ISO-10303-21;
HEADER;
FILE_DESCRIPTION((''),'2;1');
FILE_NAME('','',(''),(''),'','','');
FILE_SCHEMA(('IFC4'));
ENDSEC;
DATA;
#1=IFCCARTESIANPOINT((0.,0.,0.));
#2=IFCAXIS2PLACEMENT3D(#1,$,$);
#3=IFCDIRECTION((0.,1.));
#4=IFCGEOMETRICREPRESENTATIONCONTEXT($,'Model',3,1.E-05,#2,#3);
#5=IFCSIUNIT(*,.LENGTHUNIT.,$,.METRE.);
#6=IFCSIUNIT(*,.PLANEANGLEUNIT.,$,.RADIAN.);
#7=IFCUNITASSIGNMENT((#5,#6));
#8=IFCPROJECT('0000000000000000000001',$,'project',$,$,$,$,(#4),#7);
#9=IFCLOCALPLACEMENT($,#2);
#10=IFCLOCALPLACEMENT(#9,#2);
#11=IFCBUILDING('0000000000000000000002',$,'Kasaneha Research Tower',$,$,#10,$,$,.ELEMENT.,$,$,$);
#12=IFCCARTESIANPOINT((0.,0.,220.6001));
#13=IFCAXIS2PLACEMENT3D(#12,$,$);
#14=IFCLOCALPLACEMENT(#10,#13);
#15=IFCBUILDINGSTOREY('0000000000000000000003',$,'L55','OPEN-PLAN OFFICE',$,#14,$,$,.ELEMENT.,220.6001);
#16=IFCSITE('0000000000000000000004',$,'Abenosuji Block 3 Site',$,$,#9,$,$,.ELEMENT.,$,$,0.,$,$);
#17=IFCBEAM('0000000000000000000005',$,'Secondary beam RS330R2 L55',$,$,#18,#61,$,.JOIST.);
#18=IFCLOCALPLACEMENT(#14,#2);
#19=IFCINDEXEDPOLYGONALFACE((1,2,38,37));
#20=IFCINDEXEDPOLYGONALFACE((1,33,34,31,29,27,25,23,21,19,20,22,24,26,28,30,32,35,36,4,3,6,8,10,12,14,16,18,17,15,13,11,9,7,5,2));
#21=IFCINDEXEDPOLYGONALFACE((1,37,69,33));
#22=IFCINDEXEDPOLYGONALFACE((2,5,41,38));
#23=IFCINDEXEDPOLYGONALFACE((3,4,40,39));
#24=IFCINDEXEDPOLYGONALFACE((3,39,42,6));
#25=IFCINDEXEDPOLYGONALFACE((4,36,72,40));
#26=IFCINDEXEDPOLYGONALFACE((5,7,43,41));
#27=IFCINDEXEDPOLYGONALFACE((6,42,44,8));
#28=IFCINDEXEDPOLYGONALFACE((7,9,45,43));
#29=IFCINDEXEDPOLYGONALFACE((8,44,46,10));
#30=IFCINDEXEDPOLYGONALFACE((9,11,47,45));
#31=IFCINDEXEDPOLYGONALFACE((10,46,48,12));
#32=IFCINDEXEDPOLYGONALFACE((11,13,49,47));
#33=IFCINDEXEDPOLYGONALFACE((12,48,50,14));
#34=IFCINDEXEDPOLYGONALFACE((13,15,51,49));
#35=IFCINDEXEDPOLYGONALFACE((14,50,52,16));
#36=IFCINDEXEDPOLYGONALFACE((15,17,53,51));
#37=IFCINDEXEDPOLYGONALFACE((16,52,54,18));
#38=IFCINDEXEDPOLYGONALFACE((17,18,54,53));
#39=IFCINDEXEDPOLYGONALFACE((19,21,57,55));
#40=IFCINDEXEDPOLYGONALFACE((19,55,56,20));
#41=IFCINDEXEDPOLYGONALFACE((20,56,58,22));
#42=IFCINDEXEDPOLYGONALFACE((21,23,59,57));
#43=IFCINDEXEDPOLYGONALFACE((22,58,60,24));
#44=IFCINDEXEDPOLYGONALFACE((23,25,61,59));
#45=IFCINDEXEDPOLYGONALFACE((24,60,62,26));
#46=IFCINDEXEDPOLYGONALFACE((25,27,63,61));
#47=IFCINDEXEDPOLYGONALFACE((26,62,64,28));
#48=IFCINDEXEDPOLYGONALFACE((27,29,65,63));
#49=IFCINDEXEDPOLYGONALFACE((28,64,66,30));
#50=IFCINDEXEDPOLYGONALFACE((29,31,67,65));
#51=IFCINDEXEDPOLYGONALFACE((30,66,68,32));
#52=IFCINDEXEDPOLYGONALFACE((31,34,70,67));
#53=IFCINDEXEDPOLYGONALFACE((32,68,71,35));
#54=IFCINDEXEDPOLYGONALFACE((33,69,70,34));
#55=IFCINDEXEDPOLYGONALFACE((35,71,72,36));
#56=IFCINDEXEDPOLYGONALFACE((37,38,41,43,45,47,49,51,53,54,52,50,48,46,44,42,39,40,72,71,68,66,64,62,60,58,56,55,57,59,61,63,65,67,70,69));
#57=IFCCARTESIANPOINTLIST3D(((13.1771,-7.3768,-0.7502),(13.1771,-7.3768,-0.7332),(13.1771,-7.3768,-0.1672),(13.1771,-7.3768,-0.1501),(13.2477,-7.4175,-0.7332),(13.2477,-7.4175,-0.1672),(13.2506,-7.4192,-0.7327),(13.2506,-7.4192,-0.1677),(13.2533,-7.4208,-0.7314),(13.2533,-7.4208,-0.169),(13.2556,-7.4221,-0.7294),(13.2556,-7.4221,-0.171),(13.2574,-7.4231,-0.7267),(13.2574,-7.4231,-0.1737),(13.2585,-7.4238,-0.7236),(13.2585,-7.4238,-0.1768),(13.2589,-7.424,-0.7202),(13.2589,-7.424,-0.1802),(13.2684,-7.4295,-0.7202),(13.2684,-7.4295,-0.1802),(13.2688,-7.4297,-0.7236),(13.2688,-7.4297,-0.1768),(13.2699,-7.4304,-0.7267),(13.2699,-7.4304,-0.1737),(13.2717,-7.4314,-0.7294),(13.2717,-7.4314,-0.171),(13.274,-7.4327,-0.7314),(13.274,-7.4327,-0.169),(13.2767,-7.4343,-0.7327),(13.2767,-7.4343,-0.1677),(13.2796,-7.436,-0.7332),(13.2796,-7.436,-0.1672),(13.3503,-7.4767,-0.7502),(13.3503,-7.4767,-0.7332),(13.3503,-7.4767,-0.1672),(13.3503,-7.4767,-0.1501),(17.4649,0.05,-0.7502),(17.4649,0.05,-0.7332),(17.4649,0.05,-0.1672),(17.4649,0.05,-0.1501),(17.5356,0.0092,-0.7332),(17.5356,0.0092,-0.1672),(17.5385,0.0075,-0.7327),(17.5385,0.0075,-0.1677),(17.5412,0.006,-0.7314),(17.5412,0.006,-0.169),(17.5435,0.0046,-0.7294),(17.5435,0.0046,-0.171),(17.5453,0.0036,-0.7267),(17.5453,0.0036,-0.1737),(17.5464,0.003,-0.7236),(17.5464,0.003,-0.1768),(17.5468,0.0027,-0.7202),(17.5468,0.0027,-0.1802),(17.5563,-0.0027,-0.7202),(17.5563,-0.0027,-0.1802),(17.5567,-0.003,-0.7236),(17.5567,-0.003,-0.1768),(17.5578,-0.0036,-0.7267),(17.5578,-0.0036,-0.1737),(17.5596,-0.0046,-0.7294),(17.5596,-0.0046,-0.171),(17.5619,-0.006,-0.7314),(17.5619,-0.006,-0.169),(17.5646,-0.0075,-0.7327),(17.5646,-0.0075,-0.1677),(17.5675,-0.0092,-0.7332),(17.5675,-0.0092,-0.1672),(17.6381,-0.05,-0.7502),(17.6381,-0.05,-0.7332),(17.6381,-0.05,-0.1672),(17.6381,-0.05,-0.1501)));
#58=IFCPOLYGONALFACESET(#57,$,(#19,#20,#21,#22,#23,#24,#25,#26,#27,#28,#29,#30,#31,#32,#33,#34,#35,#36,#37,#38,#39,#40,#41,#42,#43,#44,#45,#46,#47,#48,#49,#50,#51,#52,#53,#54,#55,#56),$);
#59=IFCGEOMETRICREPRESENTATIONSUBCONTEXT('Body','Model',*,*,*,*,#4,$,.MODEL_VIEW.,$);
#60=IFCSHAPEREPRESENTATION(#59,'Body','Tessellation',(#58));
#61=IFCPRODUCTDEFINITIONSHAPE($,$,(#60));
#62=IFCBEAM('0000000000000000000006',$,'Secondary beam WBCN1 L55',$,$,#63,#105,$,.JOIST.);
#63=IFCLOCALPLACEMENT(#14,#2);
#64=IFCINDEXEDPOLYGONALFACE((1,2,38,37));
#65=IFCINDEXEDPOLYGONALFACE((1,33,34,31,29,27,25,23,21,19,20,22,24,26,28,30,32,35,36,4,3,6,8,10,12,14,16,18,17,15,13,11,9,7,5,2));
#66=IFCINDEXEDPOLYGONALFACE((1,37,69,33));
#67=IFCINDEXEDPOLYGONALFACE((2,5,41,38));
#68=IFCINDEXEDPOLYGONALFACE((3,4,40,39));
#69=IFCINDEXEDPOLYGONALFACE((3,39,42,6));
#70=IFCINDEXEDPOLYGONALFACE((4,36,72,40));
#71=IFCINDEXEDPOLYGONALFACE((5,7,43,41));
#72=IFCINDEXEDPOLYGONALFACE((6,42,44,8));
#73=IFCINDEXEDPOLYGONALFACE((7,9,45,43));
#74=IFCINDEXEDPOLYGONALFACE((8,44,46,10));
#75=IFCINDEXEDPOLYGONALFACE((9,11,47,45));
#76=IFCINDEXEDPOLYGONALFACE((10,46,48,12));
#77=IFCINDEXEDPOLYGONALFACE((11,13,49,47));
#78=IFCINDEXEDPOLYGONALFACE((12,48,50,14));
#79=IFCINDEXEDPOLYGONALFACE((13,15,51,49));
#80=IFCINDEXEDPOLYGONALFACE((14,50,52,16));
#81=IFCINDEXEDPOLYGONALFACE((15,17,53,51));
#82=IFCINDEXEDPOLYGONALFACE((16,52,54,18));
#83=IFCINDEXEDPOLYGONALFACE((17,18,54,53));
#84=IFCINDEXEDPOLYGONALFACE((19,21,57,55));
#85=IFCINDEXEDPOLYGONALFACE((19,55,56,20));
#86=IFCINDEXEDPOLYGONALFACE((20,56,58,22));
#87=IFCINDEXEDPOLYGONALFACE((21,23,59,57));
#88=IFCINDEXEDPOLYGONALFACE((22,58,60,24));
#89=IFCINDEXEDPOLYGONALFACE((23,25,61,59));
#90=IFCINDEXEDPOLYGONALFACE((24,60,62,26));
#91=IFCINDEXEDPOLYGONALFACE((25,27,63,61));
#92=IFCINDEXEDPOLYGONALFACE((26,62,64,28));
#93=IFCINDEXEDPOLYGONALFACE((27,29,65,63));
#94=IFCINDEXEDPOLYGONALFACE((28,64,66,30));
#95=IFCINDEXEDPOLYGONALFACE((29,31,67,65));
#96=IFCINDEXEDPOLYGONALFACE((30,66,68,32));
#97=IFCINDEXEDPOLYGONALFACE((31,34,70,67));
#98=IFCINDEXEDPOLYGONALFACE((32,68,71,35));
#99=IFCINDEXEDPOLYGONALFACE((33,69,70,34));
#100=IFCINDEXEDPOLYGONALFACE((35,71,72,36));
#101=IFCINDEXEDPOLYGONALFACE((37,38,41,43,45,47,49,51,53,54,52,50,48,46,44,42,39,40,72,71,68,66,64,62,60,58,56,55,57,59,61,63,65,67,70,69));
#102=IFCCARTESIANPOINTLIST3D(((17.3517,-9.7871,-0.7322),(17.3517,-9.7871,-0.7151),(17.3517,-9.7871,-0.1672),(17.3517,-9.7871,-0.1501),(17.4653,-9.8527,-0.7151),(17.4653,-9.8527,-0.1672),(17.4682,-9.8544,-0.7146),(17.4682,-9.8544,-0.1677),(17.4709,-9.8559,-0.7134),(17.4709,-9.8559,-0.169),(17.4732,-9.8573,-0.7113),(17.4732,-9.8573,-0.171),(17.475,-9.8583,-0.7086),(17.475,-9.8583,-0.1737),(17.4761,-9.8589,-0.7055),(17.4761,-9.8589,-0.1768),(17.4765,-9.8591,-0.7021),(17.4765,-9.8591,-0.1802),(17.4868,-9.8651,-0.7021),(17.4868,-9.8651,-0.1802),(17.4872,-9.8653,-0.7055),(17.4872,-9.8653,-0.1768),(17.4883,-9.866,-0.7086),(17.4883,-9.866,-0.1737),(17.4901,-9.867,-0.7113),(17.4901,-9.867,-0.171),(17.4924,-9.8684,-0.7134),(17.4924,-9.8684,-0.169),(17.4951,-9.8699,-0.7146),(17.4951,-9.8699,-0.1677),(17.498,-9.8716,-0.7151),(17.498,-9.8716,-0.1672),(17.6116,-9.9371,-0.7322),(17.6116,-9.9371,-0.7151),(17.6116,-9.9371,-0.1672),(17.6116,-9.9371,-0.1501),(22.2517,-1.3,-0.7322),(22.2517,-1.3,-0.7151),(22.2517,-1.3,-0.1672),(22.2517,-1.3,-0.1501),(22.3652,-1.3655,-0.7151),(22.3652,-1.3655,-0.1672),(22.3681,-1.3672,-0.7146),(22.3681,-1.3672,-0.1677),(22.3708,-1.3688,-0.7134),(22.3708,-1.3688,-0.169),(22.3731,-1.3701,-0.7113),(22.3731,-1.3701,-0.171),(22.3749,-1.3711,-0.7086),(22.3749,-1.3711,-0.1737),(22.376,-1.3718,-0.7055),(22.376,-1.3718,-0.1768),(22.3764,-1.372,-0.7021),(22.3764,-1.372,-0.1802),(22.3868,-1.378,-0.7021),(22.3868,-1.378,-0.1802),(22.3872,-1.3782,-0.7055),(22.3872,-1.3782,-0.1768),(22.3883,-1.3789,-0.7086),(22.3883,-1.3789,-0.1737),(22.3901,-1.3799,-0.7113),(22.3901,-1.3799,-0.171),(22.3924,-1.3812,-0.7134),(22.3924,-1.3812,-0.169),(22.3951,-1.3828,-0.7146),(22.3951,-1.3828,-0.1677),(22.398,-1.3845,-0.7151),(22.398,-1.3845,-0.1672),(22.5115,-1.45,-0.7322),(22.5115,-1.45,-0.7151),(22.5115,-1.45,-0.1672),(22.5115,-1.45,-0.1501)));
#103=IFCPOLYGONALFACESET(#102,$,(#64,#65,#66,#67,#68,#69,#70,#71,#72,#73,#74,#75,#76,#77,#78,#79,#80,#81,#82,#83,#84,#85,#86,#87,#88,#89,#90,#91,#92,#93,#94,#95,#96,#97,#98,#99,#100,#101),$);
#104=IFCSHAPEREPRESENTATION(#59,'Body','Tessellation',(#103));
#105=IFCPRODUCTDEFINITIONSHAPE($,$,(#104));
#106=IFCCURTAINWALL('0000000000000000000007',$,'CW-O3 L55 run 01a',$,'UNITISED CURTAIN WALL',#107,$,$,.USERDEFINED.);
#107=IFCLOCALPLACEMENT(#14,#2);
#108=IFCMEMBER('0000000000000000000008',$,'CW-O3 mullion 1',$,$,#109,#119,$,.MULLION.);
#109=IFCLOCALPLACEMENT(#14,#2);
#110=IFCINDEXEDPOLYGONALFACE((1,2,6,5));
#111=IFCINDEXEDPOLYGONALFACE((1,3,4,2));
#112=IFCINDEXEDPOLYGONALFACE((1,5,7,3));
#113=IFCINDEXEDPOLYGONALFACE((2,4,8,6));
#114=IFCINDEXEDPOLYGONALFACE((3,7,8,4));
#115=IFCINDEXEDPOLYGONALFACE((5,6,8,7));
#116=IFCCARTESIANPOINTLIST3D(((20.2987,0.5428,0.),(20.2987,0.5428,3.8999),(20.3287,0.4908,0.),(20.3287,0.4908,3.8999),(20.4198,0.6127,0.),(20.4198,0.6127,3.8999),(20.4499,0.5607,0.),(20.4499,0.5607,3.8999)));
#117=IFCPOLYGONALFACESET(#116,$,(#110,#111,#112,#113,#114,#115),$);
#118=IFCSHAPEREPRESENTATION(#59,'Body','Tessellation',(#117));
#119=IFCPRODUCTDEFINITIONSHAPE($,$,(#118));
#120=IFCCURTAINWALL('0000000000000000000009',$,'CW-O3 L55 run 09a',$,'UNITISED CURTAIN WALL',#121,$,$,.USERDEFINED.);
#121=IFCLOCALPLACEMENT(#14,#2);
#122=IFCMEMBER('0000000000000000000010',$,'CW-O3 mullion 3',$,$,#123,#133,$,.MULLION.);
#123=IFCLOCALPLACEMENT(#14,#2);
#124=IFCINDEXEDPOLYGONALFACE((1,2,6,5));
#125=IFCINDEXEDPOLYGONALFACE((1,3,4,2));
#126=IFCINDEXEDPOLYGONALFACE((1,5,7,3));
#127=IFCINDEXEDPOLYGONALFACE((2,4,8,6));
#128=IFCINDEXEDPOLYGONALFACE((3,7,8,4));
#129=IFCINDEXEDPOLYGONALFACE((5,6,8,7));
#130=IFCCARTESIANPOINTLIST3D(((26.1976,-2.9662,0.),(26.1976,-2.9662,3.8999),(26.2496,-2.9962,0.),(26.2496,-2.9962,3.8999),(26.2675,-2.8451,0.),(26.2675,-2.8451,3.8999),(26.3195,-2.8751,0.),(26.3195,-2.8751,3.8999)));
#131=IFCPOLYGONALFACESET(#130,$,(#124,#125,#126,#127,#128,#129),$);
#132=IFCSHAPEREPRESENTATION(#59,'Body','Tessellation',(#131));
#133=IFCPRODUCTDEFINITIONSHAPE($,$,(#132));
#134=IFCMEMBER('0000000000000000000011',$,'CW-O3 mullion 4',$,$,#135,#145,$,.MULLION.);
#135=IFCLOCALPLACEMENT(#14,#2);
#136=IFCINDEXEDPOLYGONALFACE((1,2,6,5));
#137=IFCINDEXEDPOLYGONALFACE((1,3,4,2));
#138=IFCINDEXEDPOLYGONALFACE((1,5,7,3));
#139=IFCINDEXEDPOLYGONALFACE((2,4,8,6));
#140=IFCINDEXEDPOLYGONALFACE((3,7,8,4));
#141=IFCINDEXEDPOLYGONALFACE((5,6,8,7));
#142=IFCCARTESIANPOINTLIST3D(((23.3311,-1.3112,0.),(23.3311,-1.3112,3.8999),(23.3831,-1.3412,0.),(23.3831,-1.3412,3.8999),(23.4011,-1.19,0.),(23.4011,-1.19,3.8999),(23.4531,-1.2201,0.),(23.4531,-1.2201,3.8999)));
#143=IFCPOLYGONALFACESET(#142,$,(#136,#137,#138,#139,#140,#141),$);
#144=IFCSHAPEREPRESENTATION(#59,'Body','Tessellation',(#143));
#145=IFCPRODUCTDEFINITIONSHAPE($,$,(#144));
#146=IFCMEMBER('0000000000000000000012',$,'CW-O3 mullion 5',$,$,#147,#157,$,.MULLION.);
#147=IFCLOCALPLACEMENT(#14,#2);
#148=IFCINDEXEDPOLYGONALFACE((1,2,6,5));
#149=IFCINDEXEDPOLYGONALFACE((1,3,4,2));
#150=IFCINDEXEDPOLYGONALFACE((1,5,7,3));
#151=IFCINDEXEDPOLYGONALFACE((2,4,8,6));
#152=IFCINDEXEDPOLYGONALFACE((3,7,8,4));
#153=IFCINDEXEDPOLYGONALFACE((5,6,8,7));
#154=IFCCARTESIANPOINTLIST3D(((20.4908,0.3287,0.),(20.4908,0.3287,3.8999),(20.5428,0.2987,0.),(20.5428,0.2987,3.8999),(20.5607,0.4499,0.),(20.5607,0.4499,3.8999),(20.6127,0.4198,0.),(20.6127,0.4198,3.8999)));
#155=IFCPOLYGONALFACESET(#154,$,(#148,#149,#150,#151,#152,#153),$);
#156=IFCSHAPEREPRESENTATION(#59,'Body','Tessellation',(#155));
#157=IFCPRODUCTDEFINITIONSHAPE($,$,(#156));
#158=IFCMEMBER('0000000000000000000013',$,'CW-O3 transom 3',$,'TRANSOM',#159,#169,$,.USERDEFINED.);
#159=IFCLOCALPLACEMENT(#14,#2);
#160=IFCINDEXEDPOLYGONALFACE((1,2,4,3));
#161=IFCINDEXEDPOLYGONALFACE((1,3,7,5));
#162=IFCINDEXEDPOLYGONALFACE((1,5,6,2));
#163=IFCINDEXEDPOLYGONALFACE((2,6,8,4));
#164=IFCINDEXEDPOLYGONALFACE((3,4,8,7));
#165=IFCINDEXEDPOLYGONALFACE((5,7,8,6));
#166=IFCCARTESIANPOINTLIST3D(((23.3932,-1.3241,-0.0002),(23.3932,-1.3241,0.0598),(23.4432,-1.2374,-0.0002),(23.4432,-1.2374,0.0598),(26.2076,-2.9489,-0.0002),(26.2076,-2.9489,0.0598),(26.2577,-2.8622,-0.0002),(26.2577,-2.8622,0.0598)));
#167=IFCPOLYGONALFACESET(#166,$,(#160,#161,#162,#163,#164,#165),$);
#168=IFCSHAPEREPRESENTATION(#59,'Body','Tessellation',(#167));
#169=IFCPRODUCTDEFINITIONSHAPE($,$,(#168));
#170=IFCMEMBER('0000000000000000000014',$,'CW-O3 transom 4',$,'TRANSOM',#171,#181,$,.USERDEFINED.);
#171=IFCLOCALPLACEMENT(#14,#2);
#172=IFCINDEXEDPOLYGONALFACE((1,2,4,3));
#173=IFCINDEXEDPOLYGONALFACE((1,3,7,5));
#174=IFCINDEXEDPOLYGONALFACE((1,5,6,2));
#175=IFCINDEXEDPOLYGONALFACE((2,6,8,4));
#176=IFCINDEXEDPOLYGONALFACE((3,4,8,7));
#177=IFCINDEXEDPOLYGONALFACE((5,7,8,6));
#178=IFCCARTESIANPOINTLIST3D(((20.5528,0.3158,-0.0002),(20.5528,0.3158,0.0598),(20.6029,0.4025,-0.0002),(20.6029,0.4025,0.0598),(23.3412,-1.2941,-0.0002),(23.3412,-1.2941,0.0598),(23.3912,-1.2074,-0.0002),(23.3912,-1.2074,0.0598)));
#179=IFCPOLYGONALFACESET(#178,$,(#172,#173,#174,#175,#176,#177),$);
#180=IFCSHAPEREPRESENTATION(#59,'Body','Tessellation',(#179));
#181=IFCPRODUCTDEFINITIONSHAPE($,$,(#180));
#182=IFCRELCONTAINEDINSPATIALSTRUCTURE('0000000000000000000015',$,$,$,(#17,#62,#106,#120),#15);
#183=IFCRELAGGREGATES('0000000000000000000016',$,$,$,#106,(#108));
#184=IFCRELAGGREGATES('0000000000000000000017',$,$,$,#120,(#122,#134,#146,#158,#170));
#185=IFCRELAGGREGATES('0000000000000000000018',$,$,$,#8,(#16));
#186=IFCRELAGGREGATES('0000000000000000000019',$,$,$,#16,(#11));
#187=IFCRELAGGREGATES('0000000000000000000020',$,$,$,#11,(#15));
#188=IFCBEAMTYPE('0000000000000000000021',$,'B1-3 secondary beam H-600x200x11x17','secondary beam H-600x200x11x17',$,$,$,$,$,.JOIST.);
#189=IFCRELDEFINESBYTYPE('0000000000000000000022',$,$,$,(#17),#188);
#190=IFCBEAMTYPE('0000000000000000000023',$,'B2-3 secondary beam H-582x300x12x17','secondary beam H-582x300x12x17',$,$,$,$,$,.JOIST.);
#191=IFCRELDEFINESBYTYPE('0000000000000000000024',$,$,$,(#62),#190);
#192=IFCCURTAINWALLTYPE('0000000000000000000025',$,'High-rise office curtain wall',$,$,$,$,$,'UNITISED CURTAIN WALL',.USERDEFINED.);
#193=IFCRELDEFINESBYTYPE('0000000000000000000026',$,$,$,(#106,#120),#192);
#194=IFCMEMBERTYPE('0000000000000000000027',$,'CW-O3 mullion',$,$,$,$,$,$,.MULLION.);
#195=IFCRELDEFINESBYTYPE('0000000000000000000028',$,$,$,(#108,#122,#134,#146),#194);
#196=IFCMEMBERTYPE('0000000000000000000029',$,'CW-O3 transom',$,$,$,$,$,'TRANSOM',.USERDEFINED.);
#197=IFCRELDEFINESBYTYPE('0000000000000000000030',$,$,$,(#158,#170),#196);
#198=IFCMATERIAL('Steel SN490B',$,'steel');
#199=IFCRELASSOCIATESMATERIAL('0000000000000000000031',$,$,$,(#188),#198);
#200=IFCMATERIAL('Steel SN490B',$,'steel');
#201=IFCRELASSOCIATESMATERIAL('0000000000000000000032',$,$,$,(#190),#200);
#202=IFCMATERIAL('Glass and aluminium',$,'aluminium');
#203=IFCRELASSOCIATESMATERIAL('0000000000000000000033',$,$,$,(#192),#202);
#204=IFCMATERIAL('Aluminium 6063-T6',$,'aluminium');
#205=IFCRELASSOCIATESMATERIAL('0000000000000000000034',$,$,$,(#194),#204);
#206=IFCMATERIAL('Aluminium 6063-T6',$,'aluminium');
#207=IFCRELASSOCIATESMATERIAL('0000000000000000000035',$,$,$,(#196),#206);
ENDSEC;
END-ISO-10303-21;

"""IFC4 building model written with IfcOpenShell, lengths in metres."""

from ifc_helpers import new_model, si_unit, direction, frame, origin, origin_2d, place, context, subcontext, project, spatial, rectangle, i_section, extrude, material, material_profile, profile_set, type_object, element, aggregate, save


model = new_model("IFC4")

# Units and contexts
model_context = context("Model", 3, precision=1e-05, world=origin(), true_north=direction((0.0, 1.0)))
body_context = subcontext(model_context, "Body", "Model", "MODEL_VIEW")
ifc_project = project(units=[si_unit("LENGTHUNIT", "METRE"), si_unit("PLANEANGLEUNIT", "RADIAN")], contexts=[model_context])

# Site, building, storey
site_placement = place(None, origin())
site = spatial("IfcSite", under=ifc_project, at=site_placement, Name="Abenosuji Block 3 Site", CompositionType="ELEMENT", RefElevation=0.0)
building_placement = place(site_placement, origin())
building = spatial("IfcBuilding", under=site, at=building_placement, Name="Kasaneha Research Tower", CompositionType="ELEMENT")
storey_placement = place(building_placement, frame((0.0, 0.0, 220.6001)))
storey = spatial("IfcBuildingStorey", under=building, at=storey_placement, Name="L55", Description="OPEN-PLAN OFFICE", CompositionType="ELEMENT", Elevation=220.6001)

# Beams
ifc_material_1 = material(Name="Steel SN490B", Category="steel")
ifc_material_profile_1 = material_profile(ifc_material_1, i_section(OverallWidth=0.2, OverallDepth=0.6001, WebThickness=0.011, FlangeThickness=0.0171, FilletRadius=0.0129, at=origin_2d()), Name="H-600x200x11x17")
ifc_profile_set_1 = profile_set([ifc_material_profile_1], Name="Steel SN490B")
beam_type_1 = type_object("IfcBeamType", Name="B1-3 secondary beam H-600x200x11x17", Description="secondary beam H-600x200x11x17", PredefinedType="JOIST", material=ifc_profile_set_1)
beam_1_placement = place(storey_placement, frame((17.5515, 0.0, -0.4502), z_axis=(-0.5, -0.866025, 0.0), x_axis=(0.866025, -0.5, 0.0)))
element("IfcBeam", 1, at=beam_1_placement, inside=storey, type_object=beam_type_1, Name="Secondary beam RS330R2 L55", PredefinedType="JOIST", context=body_context, shape_type="SweptSolid", body=[
    extrude(i_section(OverallWidth=0.2, OverallDepth=0.6001, WebThickness=0.011, FlangeThickness=0.0171, FilletRadius=0.0129, at=origin_2d()), origin(), (0.0, 0.0, 1.0), 8.5757),
])
ifc_material_2 = material(Name="Steel SN490B", Category="steel")
ifc_material_profile_2 = material_profile(ifc_material_2, i_section(OverallWidth=0.3, OverallDepth=0.582, WebThickness=0.012, FlangeThickness=0.0171, FilletRadius=0.0129, at=origin_2d()), Name="H-582x300x12x17")
ifc_profile_set_2 = profile_set([ifc_material_profile_2], Name="Steel SN490B")
beam_type_2 = type_object("IfcBeamType", Name="B2-3 secondary beam H-582x300x12x17", Description="secondary beam H-582x300x12x17", PredefinedType="JOIST", material=ifc_profile_set_2)
beam_2_placement = place(storey_placement, frame((22.3816, -1.375, -0.4412), z_axis=(-0.499992, -0.86603, 0.0), x_axis=(0.86603, -0.499992, 0.0)))
element("IfcBeam", 2, at=beam_2_placement, inside=storey, type_object=beam_type_2, Name="Secondary beam WBCN1 L55", PredefinedType="JOIST", context=body_context, shape_type="SweptSolid", body=[
    extrude(i_section(OverallWidth=0.3, OverallDepth=0.582, WebThickness=0.012, FlangeThickness=0.0171, FilletRadius=0.0129, at=origin_2d()), origin(), (0.0, 0.0, 1.0), 9.8),
])

# Curtain wall, member
ifc_material_3 = material(Name="Glass and aluminium", Category="aluminium")
curtain_wall_type = type_object("IfcCurtainWallType", Name="High-rise office curtain wall", ElementType="UNITISED CURTAIN WALL", PredefinedType="USERDEFINED", material=ifc_material_3)
curtain_wall_1_placement = place(storey_placement, origin())
curtain_wall_1 = element("IfcCurtainWall", 3, at=curtain_wall_1_placement, inside=storey, type_object=curtain_wall_type, Name="CW-O3 L55 run 01a", ObjectType="UNITISED CURTAIN WALL", PredefinedType="USERDEFINED")
ifc_material_4 = material(Name="Aluminium 6063-T6", Category="aluminium")
ifc_material_profile_3 = material_profile(ifc_material_4, rectangle(XDim=0.0601, YDim=0.1399, at=origin_2d()), Name="CW-O3 mullion 60x140")
ifc_profile_set_3 = profile_set([ifc_material_profile_3], Name="Aluminium 6063-T6")
member_type_1 = type_object("IfcMemberType", Name="CW-O3 mullion", PredefinedType="MULLION", material=ifc_profile_set_3)
member_1_placement = place(storey_placement, frame((20.3743, 0.5518, 0.0), z_axis=(0.0, 0.0, 1.0), x_axis=(-0.5, 0.866025, 0.0)))
member_1 = element("IfcMember", 4, at=member_1_placement, type_object=member_type_1, Name="CW-O3 mullion 1", PredefinedType="MULLION", context=body_context, shape_type="SweptSolid", body=[
    extrude(rectangle(XDim=0.0601, YDim=0.1399, at=origin_2d()), origin(), (0.0, 0.0, 1.0), 3.8999),
])
aggregate(curtain_wall_1, [member_1])

# Curtain wall, members
curtain_wall_2_placement = place(storey_placement, origin())
curtain_wall_2 = element("IfcCurtainWall", 5, at=curtain_wall_2_placement, inside=storey, type_object=curtain_wall_type, Name="CW-O3 L55 run 09a", ObjectType="UNITISED CURTAIN WALL", PredefinedType="USERDEFINED")
member_2_placement = place(storey_placement, frame((26.2585, -2.9207, 0.0), z_axis=(0.0, 0.0, 1.0), x_axis=(-0.866025, 0.5, 0.0)))
member_2 = element("IfcMember", 6, at=member_2_placement, type_object=member_type_1, Name="CW-O3 mullion 3", PredefinedType="MULLION", context=body_context, shape_type="SweptSolid", body=[
    extrude(rectangle(XDim=0.0601, YDim=0.1399, at=origin_2d()), origin(), (0.0, 0.0, 1.0), 3.8999),
])
member_3_placement = place(storey_placement, frame((23.3921, -1.2656, 0.0), z_axis=(0.0, 0.0, 1.0), x_axis=(-0.866025, 0.5, 0.0)))
member_3 = element("IfcMember", 7, at=member_3_placement, type_object=member_type_1, Name="CW-O3 mullion 4", PredefinedType="MULLION", context=body_context, shape_type="SweptSolid", body=[
    extrude(rectangle(XDim=0.0601, YDim=0.1399, at=origin_2d()), origin(), (0.0, 0.0, 1.0), 3.8999),
])
member_4_placement = place(storey_placement, frame((20.5518, 0.3743, 0.0), z_axis=(0.0, 0.0, 1.0), x_axis=(-0.866025, 0.5, 0.0)))
member_4 = element("IfcMember", 8, at=member_4_placement, type_object=member_type_1, Name="CW-O3 mullion 5", PredefinedType="MULLION", context=body_context, shape_type="SweptSolid", body=[
    extrude(rectangle(XDim=0.0601, YDim=0.1399, at=origin_2d()), origin(), (0.0, 0.0, 1.0), 3.8999),
])
ifc_material_5 = material(Name="Aluminium 6063-T6", Category="aluminium")
ifc_material_profile_4 = material_profile(ifc_material_5, rectangle(XDim=0.1001, YDim=0.0601, at=origin_2d()), Name="CW-O3 transom 100x60")
ifc_profile_set_4 = profile_set([ifc_material_profile_4], Name="Aluminium 6063-T6")
member_type_2 = type_object("IfcMemberType", Name="CW-O3 transom", ElementType="TRANSOM", PredefinedType="USERDEFINED", material=ifc_profile_set_4)
member_5_placement = place(storey_placement, frame((26.2327, -2.9055, 0.0298), z_axis=(-0.866048, 0.499961, 0.0), x_axis=(-0.499961, -0.866048, 0.0)))
member_5 = element("IfcMember", 9, at=member_5_placement, type_object=member_type_2, Name="CW-O3 transom 3", ObjectType="TRANSOM", PredefinedType="USERDEFINED", context=body_context, shape_type="SweptSolid", body=[
    extrude(rectangle(XDim=0.1001, YDim=0.0601, at=origin_2d()), origin(), (0.0, 0.0, 1.0), 3.2498),
])
member_6_placement = place(storey_placement, frame((23.3662, -1.2507, 0.0298), z_axis=(-0.866023, 0.500005, 0.0), x_axis=(-0.500005, -0.866023, 0.0)))
member_6 = element("IfcMember", 10, at=member_6_placement, type_object=member_type_2, Name="CW-O3 transom 4", ObjectType="TRANSOM", PredefinedType="USERDEFINED", context=body_context, shape_type="SweptSolid", body=[
    extrude(rectangle(XDim=0.1001, YDim=0.0601, at=origin_2d()), origin(), (0.0, 0.0, 1.0), 3.2197),
])

aggregate(curtain_wall_2, [member_2, member_3, member_4, member_5, member_6])

save(model, "model.ifc")
